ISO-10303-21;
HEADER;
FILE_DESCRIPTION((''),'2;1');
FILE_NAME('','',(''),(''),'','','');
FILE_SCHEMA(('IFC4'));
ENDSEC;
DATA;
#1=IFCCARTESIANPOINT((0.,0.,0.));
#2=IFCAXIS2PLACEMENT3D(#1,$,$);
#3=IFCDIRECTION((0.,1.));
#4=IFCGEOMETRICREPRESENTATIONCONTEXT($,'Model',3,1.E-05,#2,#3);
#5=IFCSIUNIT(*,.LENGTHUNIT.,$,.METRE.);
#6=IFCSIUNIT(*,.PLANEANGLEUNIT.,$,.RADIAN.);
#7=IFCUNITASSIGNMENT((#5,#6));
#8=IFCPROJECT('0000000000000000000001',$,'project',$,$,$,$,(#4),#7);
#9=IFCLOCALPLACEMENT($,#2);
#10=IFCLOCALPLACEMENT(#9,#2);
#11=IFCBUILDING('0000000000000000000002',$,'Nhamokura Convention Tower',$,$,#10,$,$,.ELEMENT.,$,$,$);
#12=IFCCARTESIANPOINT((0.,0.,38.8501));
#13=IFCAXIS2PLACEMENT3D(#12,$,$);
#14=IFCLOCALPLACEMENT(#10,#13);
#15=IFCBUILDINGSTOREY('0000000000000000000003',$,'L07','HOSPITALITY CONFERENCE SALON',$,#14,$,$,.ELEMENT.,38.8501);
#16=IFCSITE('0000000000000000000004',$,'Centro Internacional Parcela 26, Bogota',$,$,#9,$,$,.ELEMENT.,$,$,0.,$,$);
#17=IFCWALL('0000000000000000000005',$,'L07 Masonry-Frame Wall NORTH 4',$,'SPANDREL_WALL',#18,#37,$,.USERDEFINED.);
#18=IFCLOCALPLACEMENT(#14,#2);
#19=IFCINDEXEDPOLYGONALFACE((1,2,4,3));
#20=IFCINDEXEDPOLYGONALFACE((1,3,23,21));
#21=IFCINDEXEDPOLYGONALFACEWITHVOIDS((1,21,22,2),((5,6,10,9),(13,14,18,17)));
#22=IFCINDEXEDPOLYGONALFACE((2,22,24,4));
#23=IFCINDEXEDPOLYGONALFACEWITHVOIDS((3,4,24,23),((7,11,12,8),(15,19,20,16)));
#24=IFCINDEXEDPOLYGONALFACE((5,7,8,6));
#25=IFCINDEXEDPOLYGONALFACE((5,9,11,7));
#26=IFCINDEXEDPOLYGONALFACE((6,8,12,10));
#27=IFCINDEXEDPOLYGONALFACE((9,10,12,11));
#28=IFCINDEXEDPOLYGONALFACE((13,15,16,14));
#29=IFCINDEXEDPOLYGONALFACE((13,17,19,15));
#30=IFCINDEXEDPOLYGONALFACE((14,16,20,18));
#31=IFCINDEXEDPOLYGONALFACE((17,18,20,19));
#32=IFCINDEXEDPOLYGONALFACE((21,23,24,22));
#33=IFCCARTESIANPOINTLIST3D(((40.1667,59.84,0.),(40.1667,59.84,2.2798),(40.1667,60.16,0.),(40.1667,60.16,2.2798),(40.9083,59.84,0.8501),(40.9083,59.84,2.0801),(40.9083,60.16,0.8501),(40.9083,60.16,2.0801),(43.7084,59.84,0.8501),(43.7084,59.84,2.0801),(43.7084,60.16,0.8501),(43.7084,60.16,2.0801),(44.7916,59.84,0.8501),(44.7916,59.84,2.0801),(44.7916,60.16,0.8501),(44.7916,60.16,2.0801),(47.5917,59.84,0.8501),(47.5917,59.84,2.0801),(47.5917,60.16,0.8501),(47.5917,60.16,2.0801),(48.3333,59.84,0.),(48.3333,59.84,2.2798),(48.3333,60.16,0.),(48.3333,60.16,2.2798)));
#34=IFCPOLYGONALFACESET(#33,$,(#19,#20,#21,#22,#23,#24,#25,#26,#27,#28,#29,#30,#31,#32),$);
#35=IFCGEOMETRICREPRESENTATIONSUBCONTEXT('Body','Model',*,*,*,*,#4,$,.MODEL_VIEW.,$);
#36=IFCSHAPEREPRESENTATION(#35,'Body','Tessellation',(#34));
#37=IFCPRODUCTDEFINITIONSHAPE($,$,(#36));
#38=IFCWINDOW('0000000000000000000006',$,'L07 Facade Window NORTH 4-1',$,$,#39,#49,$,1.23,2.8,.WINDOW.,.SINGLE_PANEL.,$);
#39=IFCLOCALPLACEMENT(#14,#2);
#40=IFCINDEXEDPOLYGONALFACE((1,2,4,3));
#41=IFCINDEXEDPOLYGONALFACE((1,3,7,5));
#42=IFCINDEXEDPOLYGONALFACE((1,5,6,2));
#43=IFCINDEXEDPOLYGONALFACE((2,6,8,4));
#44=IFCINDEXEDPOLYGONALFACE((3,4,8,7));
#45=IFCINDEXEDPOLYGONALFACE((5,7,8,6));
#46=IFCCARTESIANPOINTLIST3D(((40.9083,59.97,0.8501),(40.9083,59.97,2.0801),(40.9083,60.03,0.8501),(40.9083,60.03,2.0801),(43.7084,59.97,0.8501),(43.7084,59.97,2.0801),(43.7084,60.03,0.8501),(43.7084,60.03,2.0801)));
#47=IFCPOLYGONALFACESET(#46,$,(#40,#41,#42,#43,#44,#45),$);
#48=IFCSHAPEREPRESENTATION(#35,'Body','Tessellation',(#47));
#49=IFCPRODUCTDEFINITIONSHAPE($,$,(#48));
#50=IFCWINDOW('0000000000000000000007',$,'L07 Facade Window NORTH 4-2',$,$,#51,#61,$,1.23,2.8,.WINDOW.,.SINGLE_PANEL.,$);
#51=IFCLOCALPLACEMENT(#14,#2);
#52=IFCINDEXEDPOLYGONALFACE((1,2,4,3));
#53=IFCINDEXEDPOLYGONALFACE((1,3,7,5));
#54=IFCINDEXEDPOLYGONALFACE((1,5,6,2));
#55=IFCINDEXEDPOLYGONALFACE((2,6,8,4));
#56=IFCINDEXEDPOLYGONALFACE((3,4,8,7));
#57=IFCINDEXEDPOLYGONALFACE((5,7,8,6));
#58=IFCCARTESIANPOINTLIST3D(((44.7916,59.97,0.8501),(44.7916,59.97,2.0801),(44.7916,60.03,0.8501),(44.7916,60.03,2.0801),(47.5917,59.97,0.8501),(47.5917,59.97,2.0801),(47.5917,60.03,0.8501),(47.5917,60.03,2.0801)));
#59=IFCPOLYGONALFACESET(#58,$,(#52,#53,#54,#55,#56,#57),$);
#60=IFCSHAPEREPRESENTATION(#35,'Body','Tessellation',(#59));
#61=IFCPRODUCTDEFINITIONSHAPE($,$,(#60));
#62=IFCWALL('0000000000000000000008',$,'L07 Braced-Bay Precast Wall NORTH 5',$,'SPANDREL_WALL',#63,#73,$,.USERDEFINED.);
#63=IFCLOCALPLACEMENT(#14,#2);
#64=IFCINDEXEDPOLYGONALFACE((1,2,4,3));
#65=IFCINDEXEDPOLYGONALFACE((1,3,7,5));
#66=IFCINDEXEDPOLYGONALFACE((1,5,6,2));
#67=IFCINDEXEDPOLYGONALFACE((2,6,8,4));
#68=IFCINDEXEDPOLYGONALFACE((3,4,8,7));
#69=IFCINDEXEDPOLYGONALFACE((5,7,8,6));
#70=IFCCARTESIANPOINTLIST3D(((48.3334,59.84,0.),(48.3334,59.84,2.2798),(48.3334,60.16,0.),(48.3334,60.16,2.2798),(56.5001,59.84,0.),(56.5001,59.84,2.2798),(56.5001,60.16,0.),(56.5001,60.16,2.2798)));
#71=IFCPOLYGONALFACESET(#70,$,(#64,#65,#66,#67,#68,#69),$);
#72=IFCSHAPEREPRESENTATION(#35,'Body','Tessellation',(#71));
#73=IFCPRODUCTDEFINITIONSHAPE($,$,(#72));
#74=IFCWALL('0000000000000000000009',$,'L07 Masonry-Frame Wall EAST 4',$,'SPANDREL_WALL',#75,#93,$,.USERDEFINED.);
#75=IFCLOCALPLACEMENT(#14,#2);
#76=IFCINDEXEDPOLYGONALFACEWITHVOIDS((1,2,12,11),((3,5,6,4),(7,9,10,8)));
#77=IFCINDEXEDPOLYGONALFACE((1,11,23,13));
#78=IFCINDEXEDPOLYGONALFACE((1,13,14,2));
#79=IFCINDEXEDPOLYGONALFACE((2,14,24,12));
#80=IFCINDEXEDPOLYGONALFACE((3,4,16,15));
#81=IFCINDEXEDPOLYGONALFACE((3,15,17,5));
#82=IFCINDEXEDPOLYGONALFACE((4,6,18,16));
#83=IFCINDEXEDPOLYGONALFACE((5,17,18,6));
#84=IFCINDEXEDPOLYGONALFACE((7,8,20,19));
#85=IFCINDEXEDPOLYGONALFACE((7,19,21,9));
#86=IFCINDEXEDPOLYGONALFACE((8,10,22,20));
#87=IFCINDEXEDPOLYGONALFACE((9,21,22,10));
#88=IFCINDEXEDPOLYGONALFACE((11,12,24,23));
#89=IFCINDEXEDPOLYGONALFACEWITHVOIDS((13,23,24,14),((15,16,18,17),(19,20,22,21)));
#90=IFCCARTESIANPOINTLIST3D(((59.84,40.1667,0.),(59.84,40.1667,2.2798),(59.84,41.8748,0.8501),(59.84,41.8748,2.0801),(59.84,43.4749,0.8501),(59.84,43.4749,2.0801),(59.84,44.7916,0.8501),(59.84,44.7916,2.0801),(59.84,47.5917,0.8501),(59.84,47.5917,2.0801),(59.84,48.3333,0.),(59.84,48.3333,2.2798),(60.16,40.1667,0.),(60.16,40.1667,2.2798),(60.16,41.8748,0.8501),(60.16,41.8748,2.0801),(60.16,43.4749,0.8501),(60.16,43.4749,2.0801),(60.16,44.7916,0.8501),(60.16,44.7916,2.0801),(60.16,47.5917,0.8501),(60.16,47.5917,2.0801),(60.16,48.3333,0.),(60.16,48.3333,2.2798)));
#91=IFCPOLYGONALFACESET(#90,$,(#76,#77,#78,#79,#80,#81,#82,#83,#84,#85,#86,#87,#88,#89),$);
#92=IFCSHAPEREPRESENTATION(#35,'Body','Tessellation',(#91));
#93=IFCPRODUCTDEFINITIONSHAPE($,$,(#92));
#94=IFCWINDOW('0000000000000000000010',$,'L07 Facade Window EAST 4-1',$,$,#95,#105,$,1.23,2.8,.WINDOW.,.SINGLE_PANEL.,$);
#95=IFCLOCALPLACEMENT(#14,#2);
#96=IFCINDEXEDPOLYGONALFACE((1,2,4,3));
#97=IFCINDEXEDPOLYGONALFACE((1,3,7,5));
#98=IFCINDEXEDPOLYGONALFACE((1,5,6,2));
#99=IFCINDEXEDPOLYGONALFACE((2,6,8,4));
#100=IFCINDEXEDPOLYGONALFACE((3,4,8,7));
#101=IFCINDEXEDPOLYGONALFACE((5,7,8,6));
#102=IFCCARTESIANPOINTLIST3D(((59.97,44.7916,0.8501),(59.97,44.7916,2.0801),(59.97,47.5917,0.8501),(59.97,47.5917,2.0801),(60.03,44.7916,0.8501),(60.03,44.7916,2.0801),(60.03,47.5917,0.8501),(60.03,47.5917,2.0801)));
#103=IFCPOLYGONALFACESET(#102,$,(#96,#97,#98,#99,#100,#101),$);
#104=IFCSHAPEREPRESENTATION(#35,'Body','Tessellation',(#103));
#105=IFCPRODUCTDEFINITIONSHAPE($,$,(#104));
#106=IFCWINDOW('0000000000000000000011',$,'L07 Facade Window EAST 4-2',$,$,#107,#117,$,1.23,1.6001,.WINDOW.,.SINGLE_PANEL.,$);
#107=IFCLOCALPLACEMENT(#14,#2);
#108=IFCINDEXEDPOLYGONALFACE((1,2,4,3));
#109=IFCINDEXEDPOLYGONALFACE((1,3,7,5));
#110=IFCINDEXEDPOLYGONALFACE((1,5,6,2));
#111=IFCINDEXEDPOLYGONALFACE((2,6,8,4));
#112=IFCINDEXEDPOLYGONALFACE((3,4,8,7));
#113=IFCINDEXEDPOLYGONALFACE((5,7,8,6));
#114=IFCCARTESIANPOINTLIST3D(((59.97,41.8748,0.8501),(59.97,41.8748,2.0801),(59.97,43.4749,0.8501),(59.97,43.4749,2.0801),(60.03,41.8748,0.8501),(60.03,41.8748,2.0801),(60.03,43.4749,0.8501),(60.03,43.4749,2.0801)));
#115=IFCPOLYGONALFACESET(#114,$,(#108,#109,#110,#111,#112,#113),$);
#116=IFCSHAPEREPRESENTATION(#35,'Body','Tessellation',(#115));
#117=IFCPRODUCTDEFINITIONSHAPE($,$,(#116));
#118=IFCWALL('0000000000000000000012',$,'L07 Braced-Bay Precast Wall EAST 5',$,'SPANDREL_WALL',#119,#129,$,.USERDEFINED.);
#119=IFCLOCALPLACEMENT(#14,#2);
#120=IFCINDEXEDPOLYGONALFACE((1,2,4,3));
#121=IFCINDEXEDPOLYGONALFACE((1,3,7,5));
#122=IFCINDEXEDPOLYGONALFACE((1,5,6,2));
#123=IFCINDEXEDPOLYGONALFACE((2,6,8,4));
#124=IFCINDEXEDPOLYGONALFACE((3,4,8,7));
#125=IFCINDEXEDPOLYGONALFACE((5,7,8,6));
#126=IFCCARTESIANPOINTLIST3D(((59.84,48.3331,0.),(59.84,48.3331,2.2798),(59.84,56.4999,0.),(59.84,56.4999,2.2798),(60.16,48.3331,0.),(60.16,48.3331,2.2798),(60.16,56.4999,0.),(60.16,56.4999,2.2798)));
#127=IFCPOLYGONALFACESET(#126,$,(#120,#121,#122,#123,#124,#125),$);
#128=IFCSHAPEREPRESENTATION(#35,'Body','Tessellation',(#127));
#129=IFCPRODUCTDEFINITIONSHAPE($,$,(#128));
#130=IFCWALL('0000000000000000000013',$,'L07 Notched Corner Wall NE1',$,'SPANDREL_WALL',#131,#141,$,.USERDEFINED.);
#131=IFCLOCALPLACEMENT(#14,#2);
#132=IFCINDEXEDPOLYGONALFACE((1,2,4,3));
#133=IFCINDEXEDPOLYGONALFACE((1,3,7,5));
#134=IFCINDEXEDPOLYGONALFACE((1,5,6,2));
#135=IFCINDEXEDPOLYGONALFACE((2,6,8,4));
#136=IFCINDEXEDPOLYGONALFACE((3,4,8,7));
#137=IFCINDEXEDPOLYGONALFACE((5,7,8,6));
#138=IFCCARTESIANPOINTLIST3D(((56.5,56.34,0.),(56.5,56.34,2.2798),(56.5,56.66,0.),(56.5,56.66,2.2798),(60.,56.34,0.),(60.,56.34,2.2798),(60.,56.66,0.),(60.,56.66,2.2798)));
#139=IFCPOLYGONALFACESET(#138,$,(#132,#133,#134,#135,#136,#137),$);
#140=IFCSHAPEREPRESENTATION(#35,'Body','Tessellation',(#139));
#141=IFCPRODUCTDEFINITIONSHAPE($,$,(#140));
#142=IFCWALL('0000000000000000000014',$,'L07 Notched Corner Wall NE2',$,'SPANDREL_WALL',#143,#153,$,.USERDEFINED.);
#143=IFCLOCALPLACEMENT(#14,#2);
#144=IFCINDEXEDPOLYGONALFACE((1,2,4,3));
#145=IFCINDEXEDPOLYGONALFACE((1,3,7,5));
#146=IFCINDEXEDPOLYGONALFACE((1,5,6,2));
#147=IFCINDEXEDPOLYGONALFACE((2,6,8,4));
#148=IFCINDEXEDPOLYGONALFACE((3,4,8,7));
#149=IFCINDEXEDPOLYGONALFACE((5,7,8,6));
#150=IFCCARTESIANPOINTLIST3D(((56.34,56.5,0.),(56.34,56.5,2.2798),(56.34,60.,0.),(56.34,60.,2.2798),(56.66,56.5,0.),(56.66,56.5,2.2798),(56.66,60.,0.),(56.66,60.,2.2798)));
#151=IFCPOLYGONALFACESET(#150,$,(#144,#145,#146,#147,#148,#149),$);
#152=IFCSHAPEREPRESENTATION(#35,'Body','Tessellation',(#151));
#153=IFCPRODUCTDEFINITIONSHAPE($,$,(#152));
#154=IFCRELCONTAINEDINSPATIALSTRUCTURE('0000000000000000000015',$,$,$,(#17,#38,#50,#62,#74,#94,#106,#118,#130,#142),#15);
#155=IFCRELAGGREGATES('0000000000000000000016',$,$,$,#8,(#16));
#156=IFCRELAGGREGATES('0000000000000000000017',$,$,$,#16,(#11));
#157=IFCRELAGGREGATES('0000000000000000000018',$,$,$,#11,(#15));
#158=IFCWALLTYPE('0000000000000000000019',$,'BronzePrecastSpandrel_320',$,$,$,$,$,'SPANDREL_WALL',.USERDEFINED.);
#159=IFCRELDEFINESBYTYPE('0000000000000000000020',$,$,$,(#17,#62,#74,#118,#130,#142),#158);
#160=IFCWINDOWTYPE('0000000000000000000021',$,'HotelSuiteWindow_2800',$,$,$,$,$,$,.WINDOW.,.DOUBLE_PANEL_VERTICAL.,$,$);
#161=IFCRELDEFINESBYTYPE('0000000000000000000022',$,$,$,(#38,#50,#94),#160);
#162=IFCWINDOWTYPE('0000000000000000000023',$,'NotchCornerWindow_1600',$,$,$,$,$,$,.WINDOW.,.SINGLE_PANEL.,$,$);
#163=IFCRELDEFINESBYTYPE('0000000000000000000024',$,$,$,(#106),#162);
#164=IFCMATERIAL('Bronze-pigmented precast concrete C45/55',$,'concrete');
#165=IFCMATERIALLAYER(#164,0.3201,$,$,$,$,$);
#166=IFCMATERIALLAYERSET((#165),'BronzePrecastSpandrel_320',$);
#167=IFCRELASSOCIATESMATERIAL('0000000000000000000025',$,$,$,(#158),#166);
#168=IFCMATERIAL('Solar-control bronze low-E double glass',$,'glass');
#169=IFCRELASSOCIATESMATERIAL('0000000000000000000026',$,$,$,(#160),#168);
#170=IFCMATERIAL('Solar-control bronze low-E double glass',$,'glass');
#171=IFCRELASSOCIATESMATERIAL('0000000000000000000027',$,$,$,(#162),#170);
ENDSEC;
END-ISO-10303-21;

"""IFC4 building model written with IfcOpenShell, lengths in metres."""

from ifc_helpers import new_model, si_unit, direction, frame, frame_2d, origin, place, context, subcontext, project, spatial, rectangle, extrude, material, layer, layer_set, type_object, element, fill, save


model = new_model("IFC4")

# Units and contexts
model_context = context("Model", 3, precision=1e-05, world=origin(), true_north=direction((0.0, 1.0)))
body_context = subcontext(model_context, "Body", "Model", "MODEL_VIEW")
ifc_project = project(units=[si_unit("LENGTHUNIT", "METRE"), si_unit("PLANEANGLEUNIT", "RADIAN")], contexts=[model_context])

# Site, building, storey
site_placement = place(None, origin())
site = spatial("IfcSite", under=ifc_project, at=site_placement, Name="Centro Internacional Parcela 26, Bogota", CompositionType="ELEMENT", RefElevation=0.0)
building_placement = place(site_placement, origin())
building = spatial("IfcBuilding", under=site, at=building_placement, Name="Nhamokura Convention Tower", CompositionType="ELEMENT")
storey_placement = place(building_placement, frame((0.0, 0.0, 38.8501)))
storey = spatial("IfcBuildingStorey", under=building, at=storey_placement, Name="L07", Description="HOSPITALITY CONFERENCE SALON", CompositionType="ELEMENT", Elevation=38.8501)

# Wall, openings, windows
ifc_material_1 = material(Name="Bronze-pigmented precast concrete C45/55", Category="concrete")
ifc_layer = layer(ifc_material_1, 0.3201)
ifc_layer_set = layer_set([ifc_layer], Name="BronzePrecastSpandrel_320")
wall_type = type_object("IfcWallType", Name="BronzePrecastSpandrel_320", ElementType="SPANDREL_WALL", PredefinedType="USERDEFINED", material=ifc_layer_set)
wall_1_placement = place(storey_placement, frame((40.1667, 60.0, 0.0), z_axis=(0.0, 0.0, 1.0), x_axis=(1.0, 0.0, 0.0)))
wall_1 = element("IfcWall", 1, at=wall_1_placement, inside=storey, type_object=wall_type, Name="L07 Masonry-Frame Wall NORTH 4", ObjectType="SPANDREL_WALL", PredefinedType="USERDEFINED", context=body_context, shape_type="SweptSolid", body=[
    extrude(rectangle(XDim=8.1665, YDim=0.3201, at=frame_2d((4.0833, 0.0))), origin(), (0.0, 0.0, 1.0), 2.2798),
])
opening_1_placement = place(wall_1_placement, frame((0.7417, 0.0, 0.8501)))
opening_1 = element("IfcOpeningElement", 2, at=opening_1_placement, cuts=wall_1, PredefinedType="OPENING", context=body_context, shape_type="SweptSolid", body=[
    extrude(rectangle(XDim=2.8, YDim=1.23, at=frame_2d((1.3999, 0.615))), frame((0.0, 0.1699, 0.0), z_axis=(0.0, -1.0, 0.0), x_axis=(1.0, 0.0, 0.0)), (0.0, 0.0, 1.0), 0.3401),
])
opening_2_placement = place(wall_1_placement, frame((4.625, 0.0, 0.8501)))
opening_2 = element("IfcOpeningElement", 3, at=opening_2_placement, cuts=wall_1, PredefinedType="OPENING", context=body_context, shape_type="SweptSolid", body=[
    extrude(rectangle(XDim=2.8, YDim=1.23, at=frame_2d((1.3999, 0.615))), frame((0.0, 0.1699, 0.0), z_axis=(0.0, -1.0, 0.0), x_axis=(1.0, 0.0, 0.0)), (0.0, 0.0, 1.0), 0.3401),
])
ifc_material_2 = material(Name="Solar-control bronze low-E double glass", Category="glass")
window_type_1 = type_object("IfcWindowType", Name="HotelSuiteWindow_2800", PartitioningType="DOUBLE_PANEL_VERTICAL", PredefinedType="WINDOW", material=ifc_material_2)
window_1_placement = place(opening_1_placement, origin())
window_1 = element("IfcWindow", 4, at=window_1_placement, inside=storey, type_object=window_type_1, Name="L07 Facade Window NORTH 4-1", OverallHeight=1.23, OverallWidth=2.8, PartitioningType="SINGLE_PANEL", PredefinedType="WINDOW", context=body_context, shape_type="SweptSolid", body=[
    extrude(rectangle(XDim=2.8, YDim=1.23, at=frame_2d((1.3999, 0.615))), frame((0.0, 0.03, 0.0), z_axis=(0.0, -1.0, 0.0), x_axis=(1.0, 0.0, 0.0)), (0.0, 0.0, 1.0), 0.0601),
])
fill(opening_1, window_1)
window_2_placement = place(opening_2_placement, origin())
window_2 = element("IfcWindow", 5, at=window_2_placement, inside=storey, type_object=window_type_1, Name="L07 Facade Window NORTH 4-2", OverallHeight=1.23, OverallWidth=2.8, PartitioningType="SINGLE_PANEL", PredefinedType="WINDOW", context=body_context, shape_type="SweptSolid", body=[
    extrude(rectangle(XDim=2.8, YDim=1.23, at=frame_2d((1.3999, 0.615))), frame((0.0, 0.03, 0.0), z_axis=(0.0, -1.0, 0.0), x_axis=(1.0, 0.0, 0.0)), (0.0, 0.0, 1.0), 0.0601),
])
fill(opening_2, window_2)

# Wall
wall_2_placement = place(storey_placement, frame((48.3333, 60.0, 0.0), z_axis=(0.0, 0.0, 1.0), x_axis=(1.0, 0.0, 0.0)))
element("IfcWall", 6, at=wall_2_placement, inside=storey, type_object=wall_type, Name="L07 Braced-Bay Precast Wall NORTH 5", ObjectType="SPANDREL_WALL", PredefinedType="USERDEFINED", context=body_context, shape_type="SweptSolid", body=[
    extrude(rectangle(XDim=8.1667, YDim=0.3201, at=frame_2d((4.0835, 0.0))), origin(), (0.0, 0.0, 1.0), 2.2798),
])

# Wall, openings, windows
wall_3_placement = place(storey_placement, frame((60.0, 48.3333, 0.0), z_axis=(0.0, 0.0, 1.0), x_axis=(0.0, -1.0, 0.0)))
wall_3 = element("IfcWall", 7, at=wall_3_placement, inside=storey, type_object=wall_type, Name="L07 Masonry-Frame Wall EAST 4", ObjectType="SPANDREL_WALL", PredefinedType="USERDEFINED", context=body_context, shape_type="SweptSolid", body=[
    extrude(rectangle(XDim=8.1665, YDim=0.3201, at=frame_2d((4.0833, 0.0))), origin(), (0.0, 0.0, 1.0), 2.2798),
])
opening_3_placement = place(wall_3_placement, frame((0.7417, 0.0, 0.8501)))
opening_3 = element("IfcOpeningElement", 8, at=opening_3_placement, cuts=wall_3, PredefinedType="OPENING", context=body_context, shape_type="SweptSolid", body=[
    extrude(rectangle(XDim=2.8, YDim=1.23, at=frame_2d((1.3999, 0.615))), frame((0.0, 0.1699, 0.0), z_axis=(0.0, -1.0, 0.0), x_axis=(1.0, 0.0, 0.0)), (0.0, 0.0, 1.0), 0.3401),
])
opening_4_placement = place(wall_3_placement, frame((4.8584, 0.0, 0.8501)))
opening_4 = element("IfcOpeningElement", 9, at=opening_4_placement, cuts=wall_3, PredefinedType="OPENING", context=body_context, shape_type="SweptSolid", body=[
    extrude(rectangle(XDim=1.6001, YDim=1.23, at=frame_2d((0.8, 0.615))), frame((0.0, 0.1699, 0.0), z_axis=(0.0, -1.0, 0.0), x_axis=(1.0, 0.0, 0.0)), (0.0, 0.0, 1.0), 0.3401),
])
window_3_placement = place(opening_3_placement, origin())
window_3 = element("IfcWindow", 10, at=window_3_placement, inside=storey, type_object=window_type_1, Name="L07 Facade Window EAST 4-1", OverallHeight=1.23, OverallWidth=2.8, PartitioningType="SINGLE_PANEL", PredefinedType="WINDOW", context=body_context, shape_type="SweptSolid", body=[
    extrude(rectangle(XDim=2.8, YDim=1.23, at=frame_2d((1.3999, 0.615))), frame((0.0, 0.03, 0.0), z_axis=(0.0, -1.0, 0.0), x_axis=(1.0, 0.0, 0.0)), (0.0, 0.0, 1.0), 0.0601),
])
fill(opening_3, window_3)
ifc_material_3 = material(Name="Solar-control bronze low-E double glass", Category="glass")
window_type_2 = type_object("IfcWindowType", Name="NotchCornerWindow_1600", PartitioningType="SINGLE_PANEL", PredefinedType="WINDOW", material=ifc_material_3)
window_4_placement = place(opening_4_placement, origin())
window_4 = element("IfcWindow", 11, at=window_4_placement, inside=storey, type_object=window_type_2, Name="L07 Facade Window EAST 4-2", OverallHeight=1.23, OverallWidth=1.6001, PartitioningType="SINGLE_PANEL", PredefinedType="WINDOW", context=body_context, shape_type="SweptSolid", body=[
    extrude(rectangle(XDim=1.6001, YDim=1.23, at=frame_2d((0.8, 0.615))), frame((0.0, 0.03, 0.0), z_axis=(0.0, -1.0, 0.0), x_axis=(1.0, 0.0, 0.0)), (0.0, 0.0, 1.0), 0.0601),
])
fill(opening_4, window_4)

# Walls
wall_4_placement = place(storey_placement, frame((60.0, 56.5, 0.0), z_axis=(0.0, 0.0, 1.0), x_axis=(0.0, -1.0, 0.0)))
element("IfcWall", 12, at=wall_4_placement, inside=storey, type_object=wall_type, Name="L07 Braced-Bay Precast Wall EAST 5", ObjectType="SPANDREL_WALL", PredefinedType="USERDEFINED", context=body_context, shape_type="SweptSolid", body=[
    extrude(rectangle(XDim=8.1667, YDim=0.3201, at=frame_2d((4.0835, 0.0))), origin(), (0.0, 0.0, 1.0), 2.2798),
])
for number, where, z_axis, x_axis, name in (
    (13, (56.5, 56.5, 0.0), (0.0, 0.0, 1.0), (1.0, 0.0, 0.0), "L07 Notched Corner Wall NE1"),
    (14, (56.5, 60.0, 0.0), (0.0, 0.0, 1.0), (0.0, -1.0, 0.0), "L07 Notched Corner Wall NE2"),
):
    element("IfcWall", number, at=place(storey_placement, frame(where, z_axis=z_axis, x_axis=x_axis)), inside=storey, type_object=wall_type, Name=name, ObjectType="SPANDREL_WALL", PredefinedType="USERDEFINED", context=body_context, shape_type="SweptSolid", body=[
        extrude(rectangle(XDim=3.5, YDim=0.3201, at=frame_2d((1.75, 0.0))), origin(), (0.0, 0.0, 1.0), 2.2798),
    ])

save(model, "model.ifc")
